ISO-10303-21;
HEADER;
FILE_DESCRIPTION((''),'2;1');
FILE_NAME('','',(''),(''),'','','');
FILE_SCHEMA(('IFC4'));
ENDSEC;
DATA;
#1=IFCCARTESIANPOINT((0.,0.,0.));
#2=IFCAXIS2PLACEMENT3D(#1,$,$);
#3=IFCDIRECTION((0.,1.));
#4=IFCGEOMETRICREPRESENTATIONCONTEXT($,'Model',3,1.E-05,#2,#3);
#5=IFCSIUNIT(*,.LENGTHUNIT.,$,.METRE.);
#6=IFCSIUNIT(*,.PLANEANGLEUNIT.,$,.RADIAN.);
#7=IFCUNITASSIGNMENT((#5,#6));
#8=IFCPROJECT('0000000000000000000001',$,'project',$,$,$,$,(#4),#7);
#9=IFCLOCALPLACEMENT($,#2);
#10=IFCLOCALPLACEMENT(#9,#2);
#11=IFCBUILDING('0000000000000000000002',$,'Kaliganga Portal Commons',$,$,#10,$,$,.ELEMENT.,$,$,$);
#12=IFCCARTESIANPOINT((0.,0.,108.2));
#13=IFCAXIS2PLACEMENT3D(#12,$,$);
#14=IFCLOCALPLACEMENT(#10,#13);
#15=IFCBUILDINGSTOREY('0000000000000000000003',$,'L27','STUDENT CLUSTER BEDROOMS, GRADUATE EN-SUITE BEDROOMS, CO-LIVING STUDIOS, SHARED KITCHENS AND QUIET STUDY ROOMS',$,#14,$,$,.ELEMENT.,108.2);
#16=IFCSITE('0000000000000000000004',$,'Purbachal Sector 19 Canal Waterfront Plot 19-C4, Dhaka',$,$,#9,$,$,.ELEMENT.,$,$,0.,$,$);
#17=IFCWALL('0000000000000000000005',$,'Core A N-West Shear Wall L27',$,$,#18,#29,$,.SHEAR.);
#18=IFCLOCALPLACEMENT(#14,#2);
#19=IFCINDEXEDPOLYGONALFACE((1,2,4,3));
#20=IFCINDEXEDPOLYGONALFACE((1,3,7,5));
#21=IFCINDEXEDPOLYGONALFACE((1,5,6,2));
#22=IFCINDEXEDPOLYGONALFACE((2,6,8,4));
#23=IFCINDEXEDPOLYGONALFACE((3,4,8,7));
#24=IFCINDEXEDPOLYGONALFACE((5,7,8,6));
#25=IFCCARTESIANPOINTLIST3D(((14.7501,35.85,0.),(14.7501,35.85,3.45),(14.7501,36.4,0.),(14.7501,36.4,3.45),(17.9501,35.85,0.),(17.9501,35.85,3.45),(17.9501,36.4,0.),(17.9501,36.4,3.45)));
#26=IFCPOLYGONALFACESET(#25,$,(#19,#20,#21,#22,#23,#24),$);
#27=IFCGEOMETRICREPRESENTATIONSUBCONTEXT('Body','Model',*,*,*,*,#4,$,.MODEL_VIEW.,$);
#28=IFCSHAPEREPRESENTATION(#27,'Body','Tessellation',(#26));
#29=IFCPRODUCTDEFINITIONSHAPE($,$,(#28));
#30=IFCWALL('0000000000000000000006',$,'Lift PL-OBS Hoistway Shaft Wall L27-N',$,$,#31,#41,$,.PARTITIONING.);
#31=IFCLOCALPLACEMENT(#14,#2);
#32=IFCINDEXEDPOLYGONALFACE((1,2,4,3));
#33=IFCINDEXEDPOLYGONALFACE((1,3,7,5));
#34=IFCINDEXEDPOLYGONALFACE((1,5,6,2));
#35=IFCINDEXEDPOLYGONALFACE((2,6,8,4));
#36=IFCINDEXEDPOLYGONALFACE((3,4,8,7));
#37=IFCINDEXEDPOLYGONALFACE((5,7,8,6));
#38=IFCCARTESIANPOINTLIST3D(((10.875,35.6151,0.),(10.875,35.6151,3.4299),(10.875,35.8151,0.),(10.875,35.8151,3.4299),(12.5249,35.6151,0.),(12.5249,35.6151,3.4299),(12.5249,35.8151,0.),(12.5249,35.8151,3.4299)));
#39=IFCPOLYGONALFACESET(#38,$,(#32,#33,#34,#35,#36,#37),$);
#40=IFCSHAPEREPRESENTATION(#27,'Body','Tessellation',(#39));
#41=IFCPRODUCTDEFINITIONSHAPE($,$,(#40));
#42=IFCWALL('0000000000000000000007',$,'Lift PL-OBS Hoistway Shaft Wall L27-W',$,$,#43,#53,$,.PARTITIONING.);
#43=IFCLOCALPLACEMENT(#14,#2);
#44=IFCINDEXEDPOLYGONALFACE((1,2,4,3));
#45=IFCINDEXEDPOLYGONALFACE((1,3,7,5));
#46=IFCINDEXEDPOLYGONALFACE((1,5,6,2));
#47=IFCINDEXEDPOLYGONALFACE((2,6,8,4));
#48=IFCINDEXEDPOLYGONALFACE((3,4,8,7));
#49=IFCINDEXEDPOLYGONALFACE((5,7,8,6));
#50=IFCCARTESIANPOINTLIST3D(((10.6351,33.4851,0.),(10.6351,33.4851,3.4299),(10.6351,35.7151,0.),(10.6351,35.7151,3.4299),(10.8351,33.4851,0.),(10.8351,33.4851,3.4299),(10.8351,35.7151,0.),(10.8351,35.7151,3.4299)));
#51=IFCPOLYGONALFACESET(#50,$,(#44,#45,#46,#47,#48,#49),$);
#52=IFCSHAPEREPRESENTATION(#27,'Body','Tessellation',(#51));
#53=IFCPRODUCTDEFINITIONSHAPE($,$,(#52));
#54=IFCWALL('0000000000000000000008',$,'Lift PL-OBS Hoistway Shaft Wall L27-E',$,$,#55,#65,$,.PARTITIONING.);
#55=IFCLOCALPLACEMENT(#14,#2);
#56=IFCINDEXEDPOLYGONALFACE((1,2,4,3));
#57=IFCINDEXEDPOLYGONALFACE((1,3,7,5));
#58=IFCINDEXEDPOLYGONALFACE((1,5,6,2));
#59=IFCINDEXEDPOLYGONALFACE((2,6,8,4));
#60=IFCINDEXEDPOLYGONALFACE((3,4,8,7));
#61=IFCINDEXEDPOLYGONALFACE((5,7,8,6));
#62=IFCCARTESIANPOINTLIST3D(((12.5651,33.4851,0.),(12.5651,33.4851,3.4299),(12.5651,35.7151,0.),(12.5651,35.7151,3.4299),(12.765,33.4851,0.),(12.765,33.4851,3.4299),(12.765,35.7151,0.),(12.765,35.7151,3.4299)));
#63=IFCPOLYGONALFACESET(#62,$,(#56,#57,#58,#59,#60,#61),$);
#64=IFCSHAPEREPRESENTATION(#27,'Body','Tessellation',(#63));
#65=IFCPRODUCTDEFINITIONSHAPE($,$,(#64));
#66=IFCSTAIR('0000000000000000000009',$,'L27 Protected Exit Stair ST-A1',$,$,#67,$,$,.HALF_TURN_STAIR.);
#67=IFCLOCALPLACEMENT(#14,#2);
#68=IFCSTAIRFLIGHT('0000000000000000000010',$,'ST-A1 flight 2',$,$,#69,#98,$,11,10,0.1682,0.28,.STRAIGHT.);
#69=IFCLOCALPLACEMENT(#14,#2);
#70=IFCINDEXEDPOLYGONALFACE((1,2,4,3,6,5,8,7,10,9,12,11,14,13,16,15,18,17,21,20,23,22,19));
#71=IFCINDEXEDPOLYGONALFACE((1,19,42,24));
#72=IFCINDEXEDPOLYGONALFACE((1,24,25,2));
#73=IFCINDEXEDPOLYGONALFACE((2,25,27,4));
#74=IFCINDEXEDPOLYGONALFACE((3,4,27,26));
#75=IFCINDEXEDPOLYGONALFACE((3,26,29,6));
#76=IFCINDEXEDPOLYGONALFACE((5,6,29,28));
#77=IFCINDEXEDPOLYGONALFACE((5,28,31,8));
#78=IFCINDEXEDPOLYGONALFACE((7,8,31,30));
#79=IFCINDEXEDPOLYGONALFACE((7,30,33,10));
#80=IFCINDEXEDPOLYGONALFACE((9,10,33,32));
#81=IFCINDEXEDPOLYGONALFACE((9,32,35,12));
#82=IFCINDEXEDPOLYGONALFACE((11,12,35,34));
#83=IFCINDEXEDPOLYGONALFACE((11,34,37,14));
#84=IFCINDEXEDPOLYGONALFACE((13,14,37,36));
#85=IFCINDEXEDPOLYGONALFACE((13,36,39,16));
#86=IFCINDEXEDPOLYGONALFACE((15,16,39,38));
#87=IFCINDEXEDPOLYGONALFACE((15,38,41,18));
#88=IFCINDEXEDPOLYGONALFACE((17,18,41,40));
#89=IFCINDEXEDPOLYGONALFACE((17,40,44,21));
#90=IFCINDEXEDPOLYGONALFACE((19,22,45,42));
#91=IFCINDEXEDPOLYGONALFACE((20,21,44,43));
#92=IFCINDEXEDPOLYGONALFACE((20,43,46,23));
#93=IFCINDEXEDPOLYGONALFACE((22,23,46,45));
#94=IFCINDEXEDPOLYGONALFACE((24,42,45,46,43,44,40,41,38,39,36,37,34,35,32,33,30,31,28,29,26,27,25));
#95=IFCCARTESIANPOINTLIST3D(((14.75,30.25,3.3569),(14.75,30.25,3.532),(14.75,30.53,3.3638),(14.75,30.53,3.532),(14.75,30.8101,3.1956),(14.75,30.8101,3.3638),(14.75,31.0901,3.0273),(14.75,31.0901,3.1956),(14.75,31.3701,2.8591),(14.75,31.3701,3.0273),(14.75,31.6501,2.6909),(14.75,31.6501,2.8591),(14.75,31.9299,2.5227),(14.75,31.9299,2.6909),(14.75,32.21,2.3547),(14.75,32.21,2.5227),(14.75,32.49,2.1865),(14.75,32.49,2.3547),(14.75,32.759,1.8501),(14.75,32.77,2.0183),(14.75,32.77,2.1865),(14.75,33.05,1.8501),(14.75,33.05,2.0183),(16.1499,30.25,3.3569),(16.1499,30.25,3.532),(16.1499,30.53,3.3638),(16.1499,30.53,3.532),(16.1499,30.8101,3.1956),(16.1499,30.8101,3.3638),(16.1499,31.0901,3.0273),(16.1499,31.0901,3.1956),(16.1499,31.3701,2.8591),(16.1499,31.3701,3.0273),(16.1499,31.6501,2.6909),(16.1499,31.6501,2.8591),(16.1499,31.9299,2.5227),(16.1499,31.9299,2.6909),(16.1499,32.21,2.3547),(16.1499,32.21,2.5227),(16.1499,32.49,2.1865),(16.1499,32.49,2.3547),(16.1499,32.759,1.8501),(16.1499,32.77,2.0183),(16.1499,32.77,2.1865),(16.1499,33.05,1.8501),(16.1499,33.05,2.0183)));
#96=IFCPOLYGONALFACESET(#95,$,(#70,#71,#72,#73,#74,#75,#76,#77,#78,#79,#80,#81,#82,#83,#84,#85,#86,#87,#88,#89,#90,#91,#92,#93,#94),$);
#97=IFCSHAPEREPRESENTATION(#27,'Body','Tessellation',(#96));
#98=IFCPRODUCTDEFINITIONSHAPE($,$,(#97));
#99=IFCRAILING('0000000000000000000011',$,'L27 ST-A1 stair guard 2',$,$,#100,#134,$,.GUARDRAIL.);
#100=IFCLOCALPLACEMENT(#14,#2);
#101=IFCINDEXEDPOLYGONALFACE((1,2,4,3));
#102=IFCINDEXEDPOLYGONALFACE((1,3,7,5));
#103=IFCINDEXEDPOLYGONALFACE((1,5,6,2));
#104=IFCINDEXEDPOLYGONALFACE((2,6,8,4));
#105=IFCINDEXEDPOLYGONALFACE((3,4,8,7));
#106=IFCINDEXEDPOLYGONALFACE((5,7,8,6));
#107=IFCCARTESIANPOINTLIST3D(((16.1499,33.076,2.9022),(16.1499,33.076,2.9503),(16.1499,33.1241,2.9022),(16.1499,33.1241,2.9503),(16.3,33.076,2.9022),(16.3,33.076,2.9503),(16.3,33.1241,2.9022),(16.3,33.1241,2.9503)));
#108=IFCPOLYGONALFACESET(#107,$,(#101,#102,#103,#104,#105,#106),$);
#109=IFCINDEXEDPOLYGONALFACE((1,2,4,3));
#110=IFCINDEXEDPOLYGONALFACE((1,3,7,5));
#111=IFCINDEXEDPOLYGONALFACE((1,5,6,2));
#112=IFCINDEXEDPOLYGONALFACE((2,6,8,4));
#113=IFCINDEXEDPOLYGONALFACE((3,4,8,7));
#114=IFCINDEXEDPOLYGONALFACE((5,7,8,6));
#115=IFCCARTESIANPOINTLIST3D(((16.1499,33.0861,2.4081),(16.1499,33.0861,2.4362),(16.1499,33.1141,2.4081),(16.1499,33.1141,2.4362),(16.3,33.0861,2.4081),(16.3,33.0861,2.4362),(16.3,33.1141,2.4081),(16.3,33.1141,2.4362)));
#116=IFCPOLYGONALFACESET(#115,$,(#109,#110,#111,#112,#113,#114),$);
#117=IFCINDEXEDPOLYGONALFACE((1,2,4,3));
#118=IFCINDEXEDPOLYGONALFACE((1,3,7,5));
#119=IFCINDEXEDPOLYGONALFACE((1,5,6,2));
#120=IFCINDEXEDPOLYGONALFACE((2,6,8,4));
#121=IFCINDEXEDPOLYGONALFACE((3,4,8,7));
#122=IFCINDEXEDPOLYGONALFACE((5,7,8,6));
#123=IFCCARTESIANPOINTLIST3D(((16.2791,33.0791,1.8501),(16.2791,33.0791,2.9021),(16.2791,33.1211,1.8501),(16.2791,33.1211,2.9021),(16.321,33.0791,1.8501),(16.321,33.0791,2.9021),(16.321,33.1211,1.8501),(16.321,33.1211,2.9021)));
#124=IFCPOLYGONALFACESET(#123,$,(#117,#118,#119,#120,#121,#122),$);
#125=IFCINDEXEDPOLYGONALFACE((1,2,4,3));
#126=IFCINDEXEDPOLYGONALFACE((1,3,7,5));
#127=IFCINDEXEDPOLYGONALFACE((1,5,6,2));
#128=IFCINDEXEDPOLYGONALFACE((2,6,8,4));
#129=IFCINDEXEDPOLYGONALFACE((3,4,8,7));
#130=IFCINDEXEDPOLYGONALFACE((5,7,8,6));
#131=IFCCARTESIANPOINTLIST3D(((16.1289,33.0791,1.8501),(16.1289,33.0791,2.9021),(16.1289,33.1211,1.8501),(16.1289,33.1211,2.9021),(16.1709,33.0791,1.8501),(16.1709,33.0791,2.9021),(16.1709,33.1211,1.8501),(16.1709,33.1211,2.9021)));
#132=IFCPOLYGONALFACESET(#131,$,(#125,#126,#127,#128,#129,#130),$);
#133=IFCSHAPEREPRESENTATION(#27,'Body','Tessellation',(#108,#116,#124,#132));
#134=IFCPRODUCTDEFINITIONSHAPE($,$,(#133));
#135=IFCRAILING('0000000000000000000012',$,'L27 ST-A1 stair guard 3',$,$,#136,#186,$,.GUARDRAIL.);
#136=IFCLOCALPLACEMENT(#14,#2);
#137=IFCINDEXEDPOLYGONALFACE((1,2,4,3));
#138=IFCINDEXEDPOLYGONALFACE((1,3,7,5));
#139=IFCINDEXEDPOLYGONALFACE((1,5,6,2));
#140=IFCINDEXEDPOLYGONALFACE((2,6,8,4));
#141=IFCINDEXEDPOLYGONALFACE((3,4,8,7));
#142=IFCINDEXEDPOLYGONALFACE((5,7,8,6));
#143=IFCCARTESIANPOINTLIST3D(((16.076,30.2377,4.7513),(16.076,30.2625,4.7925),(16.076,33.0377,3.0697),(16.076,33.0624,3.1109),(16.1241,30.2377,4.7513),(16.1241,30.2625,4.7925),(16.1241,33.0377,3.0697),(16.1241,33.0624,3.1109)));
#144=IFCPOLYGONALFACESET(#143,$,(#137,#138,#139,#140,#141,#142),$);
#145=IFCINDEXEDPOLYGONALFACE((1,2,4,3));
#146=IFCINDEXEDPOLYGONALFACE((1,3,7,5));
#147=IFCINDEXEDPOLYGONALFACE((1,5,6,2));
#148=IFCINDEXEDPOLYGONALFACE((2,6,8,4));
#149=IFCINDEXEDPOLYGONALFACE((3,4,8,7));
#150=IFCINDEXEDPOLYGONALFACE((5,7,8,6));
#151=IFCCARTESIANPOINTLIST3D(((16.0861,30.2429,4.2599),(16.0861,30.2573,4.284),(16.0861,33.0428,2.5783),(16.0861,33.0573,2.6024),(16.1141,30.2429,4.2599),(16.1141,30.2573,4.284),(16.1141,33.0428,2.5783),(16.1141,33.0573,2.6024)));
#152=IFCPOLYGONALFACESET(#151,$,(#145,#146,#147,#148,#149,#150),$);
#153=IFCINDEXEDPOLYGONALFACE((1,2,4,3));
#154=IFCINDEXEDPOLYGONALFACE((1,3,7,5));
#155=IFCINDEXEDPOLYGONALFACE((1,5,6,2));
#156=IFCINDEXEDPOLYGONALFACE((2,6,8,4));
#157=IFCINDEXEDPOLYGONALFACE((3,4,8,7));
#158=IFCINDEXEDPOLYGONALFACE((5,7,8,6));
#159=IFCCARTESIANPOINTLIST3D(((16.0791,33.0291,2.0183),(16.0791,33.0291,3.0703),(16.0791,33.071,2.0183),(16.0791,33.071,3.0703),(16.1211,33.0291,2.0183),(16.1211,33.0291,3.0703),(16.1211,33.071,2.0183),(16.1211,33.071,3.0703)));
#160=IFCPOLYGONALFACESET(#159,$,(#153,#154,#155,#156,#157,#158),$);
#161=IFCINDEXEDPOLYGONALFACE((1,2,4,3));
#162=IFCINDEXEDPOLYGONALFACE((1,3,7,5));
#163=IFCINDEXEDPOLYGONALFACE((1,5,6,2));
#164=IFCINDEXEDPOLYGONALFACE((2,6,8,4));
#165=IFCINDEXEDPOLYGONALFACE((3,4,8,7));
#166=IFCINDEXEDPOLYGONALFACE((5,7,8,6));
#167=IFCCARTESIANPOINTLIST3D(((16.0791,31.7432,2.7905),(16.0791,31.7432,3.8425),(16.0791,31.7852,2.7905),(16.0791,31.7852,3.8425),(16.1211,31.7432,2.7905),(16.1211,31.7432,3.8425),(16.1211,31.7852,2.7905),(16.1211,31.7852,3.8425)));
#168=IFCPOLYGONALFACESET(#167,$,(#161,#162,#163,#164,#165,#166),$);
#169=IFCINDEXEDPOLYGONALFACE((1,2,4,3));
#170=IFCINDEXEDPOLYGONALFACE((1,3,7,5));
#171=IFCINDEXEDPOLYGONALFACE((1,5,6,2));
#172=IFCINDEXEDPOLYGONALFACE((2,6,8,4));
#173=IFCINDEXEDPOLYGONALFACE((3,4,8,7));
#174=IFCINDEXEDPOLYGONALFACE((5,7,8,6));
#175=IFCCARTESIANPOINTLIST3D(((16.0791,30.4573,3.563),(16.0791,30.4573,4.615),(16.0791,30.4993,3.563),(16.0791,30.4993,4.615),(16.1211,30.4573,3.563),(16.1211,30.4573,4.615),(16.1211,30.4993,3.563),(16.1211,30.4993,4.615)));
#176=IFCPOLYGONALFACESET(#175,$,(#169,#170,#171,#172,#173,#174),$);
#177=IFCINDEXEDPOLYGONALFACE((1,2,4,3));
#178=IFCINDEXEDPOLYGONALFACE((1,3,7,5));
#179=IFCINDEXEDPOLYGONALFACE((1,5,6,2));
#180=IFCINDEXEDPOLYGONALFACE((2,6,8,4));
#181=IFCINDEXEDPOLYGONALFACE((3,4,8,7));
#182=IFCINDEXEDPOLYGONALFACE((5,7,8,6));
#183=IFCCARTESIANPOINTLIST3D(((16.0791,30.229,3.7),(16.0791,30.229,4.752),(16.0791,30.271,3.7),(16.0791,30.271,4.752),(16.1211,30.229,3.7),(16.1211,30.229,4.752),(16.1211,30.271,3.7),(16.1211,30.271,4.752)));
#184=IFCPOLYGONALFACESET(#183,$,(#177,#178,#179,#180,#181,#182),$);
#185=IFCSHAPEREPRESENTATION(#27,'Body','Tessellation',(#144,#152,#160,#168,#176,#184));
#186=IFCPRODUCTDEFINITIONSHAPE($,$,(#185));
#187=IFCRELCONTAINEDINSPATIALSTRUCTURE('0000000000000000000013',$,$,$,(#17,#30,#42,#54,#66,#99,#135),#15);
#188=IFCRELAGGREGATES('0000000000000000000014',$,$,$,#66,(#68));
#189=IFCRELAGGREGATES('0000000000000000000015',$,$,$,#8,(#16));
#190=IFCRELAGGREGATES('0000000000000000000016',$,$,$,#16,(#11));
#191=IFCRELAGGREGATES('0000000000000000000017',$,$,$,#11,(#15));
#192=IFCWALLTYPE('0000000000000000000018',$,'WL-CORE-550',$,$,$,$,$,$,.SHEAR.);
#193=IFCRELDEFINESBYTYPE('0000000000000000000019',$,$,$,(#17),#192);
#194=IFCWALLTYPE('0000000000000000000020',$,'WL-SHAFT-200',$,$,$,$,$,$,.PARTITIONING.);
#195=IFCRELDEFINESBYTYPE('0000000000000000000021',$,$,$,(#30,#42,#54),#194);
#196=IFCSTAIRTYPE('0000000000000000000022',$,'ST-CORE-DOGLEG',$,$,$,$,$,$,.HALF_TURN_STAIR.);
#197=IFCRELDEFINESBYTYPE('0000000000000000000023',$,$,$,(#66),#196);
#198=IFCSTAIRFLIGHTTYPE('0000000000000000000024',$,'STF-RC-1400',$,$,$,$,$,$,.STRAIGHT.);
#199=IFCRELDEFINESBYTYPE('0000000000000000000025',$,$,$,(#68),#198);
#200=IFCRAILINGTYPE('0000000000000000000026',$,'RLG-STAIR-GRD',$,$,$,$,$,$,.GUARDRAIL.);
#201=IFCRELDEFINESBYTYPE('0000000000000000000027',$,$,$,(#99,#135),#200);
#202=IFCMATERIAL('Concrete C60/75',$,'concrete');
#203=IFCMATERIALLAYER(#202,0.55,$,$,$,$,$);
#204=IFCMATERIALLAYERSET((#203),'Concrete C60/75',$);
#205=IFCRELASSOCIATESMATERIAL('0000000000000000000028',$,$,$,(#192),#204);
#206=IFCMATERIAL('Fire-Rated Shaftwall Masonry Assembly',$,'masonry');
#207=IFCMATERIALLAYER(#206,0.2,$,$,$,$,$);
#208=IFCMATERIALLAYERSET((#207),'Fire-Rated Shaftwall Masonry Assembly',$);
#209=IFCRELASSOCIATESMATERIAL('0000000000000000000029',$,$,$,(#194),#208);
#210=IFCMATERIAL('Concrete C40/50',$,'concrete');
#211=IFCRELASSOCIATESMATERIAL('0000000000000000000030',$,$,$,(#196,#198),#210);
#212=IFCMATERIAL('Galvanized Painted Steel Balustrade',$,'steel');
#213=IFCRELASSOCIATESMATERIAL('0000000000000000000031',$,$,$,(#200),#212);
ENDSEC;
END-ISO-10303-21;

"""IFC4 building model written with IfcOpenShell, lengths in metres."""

from ifc_helpers import new_model, si_unit, direction, frame, frame_2d, origin, origin_2d, place, context, subcontext, project, spatial, polyline, rectangle, outline, extrude, material, layer, layer_set, type_object, element, aggregate, save


model = new_model("IFC4")

# Units and contexts
model_context = context("Model", 3, precision=1e-05, world=origin(), true_north=direction((0.0, 1.0)))
body_context = subcontext(model_context, "Body", "Model", "MODEL_VIEW")
ifc_project = project(units=[si_unit("LENGTHUNIT", "METRE"), si_unit("PLANEANGLEUNIT", "RADIAN")], contexts=[model_context])

# Site, building, storey
site_placement = place(None, origin())
site = spatial("IfcSite", under=ifc_project, at=site_placement, Name="Purbachal Sector 19 Canal Waterfront Plot 19-C4, Dhaka", CompositionType="ELEMENT", RefElevation=0.0)
building_placement = place(site_placement, origin())
building = spatial("IfcBuilding", under=site, at=building_placement, Name="Kaliganga Portal Commons", CompositionType="ELEMENT")
storey_placement = place(building_placement, frame((0.0, 0.0, 108.2)))
storey = spatial("IfcBuildingStorey", under=building, at=storey_placement, Name="L27", Description="STUDENT CLUSTER BEDROOMS, GRADUATE EN-SUITE BEDROOMS, CO-LIVING STUDIOS, SHARED KITCHENS AND QUIET STUDY ROOMS", CompositionType="ELEMENT", Elevation=108.2)

# Wall
ifc_material_1 = material(Name="Concrete C60/75", Category="concrete")
ifc_layer_1 = layer(ifc_material_1, 0.55)
ifc_layer_set_1 = layer_set([ifc_layer_1], Name="Concrete C60/75")
wall_type_1 = type_object("IfcWallType", Name="WL-CORE-550", PredefinedType="SHEAR", material=ifc_layer_set_1)
wall_1_placement = place(storey_placement, frame((14.75, 36.125, 0.0), z_axis=(0.0, 0.0, 1.0), x_axis=(1.0, 0.0, 0.0)))
element("IfcWall", 1, at=wall_1_placement, inside=storey, type_object=wall_type_1, Name="Core A N-West Shear Wall L27", PredefinedType="SHEAR", context=body_context, shape_type="SweptSolid", body=[
    extrude(rectangle(XDim=3.2, YDim=0.55, at=frame_2d((1.6001, 0.0))), origin(), (0.0, 0.0, 1.0), 3.45),
])

# Shared definitions
ifc_material_2 = material(Name="Fire-Rated Shaftwall Masonry Assembly", Category="masonry")
ifc_layer_2 = layer(ifc_material_2, 0.2)
ifc_layer_set_2 = layer_set([ifc_layer_2], Name="Fire-Rated Shaftwall Masonry Assembly")
wall_type_2 = type_object("IfcWallType", Name="WL-SHAFT-200", PredefinedType="PARTITIONING", material=ifc_layer_set_2)

# Walls
wall_2_placement = place(storey_placement, frame((10.875, 35.7151, 0.0), z_axis=(0.0, 0.0, 1.0), x_axis=(1.0, 0.0, 0.0)))
element("IfcWall", 2, at=wall_2_placement, inside=storey, type_object=wall_type_2, Name="Lift PL-OBS Hoistway Shaft Wall L27-N", PredefinedType="PARTITIONING", context=body_context, shape_type="SweptSolid", body=[
    extrude(rectangle(XDim=1.6499, YDim=0.2, at=frame_2d((0.825, 0.0))), origin(), (0.0, 0.0, 1.0), 3.4299),
])
for number, where, z_axis, x_axis, name in (
    (3, (10.7351, 33.4851, 0.0), (0.0, 0.0, 1.0), (0.0, 1.0, 0.0), "Lift PL-OBS Hoistway Shaft Wall L27-W"),
    (4, (12.665, 33.4851, 0.0), (0.0, 0.0, 1.0), (0.0, 1.0, 0.0), "Lift PL-OBS Hoistway Shaft Wall L27-E"),
):
    element("IfcWall", number, at=place(storey_placement, frame(where, z_axis=z_axis, x_axis=x_axis)), inside=storey, type_object=wall_type_2, Name=name, PredefinedType="PARTITIONING", context=body_context, shape_type="SweptSolid", body=[
        extrude(rectangle(XDim=2.23, YDim=0.2, at=frame_2d((1.115, 0.0))), origin(), (0.0, 0.0, 1.0), 3.4299),
    ])

# Stair, stair flight
ifc_material_3 = material(Name="Concrete C40/50", Category="concrete")
stair_type = type_object("IfcStairType", Name="ST-CORE-DOGLEG", PredefinedType="HALF_TURN_STAIR", material=ifc_material_3)
stair_placement = place(storey_placement, origin())
stair = element("IfcStair", 5, at=stair_placement, inside=storey, type_object=stair_type, Name="L27 Protected Exit Stair ST-A1", PredefinedType="HALF_TURN_STAIR")
stair_flight_type = type_object("IfcStairFlightType", Name="STF-RC-1400", PredefinedType="STRAIGHT", material=ifc_material_3)
stair_flight_placement = place(storey_placement, frame((15.45, 33.05, 1.8501), z_axis=(0.0, 0.0, 1.0), x_axis=(0.0, -1.0, 0.0)))
stair_flight = element("IfcStairFlight", 6, at=stair_flight_placement, type_object=stair_flight_type, Name="ST-A1 flight 2", NumberOfRisers=11, NumberOfTreads=10, PredefinedType="STRAIGHT", RiserHeight=0.1682, TreadLength=0.28, context=body_context, shape_type="SweptSolid", body=[
    extrude(outline(polyline([(0.0, 0.0), (0.0, 0.1682), (0.28, 0.1682), (0.28, 0.3364), (0.5601, 0.3364), (0.5601, 0.5046), (0.8401, 0.5046), (0.8401, 0.6726), (1.1201, 0.6726), (1.1201, 0.8408), (1.3999, 0.8408), (1.3999, 1.009), (1.6799, 1.009), (1.6799, 1.1772), (1.96, 1.1772), (1.96, 1.3455), (2.24, 1.3455), (2.24, 1.5137), (2.52, 1.5137), (2.52, 1.6819), (2.8, 1.6819), (2.8, 1.8501), (2.8, 1.5068), (0.291, 0.0), (0.0, 0.0)])), frame((0.0, 0.7, 0.0), z_axis=(0.0, -1.0, 0.0), x_axis=(1.0, 0.0, 0.0)), (0.0, 0.0, 1.0), 1.3999),
])
aggregate(stair, [stair_flight])

# Railings
ifc_material_4 = material(Name="Galvanized Painted Steel Balustrade", Category="steel")
railing_type_1 = type_object("IfcRailingType", Name="RLG-STAIR-GRD", PredefinedType="GUARDRAIL", material=ifc_material_4)
railing_1_placement = place(storey_placement, frame((16.3, 33.1001, 1.8501)))
element("IfcRailing", 7, at=railing_1_placement, inside=storey, type_object=railing_type_1, Name="L27 ST-A1 stair guard 2", PredefinedType="GUARDRAIL", context=body_context, shape_type="SweptSolid", body=[
    extrude(rectangle(XDim=0.0481, YDim=0.0481, at=origin_2d()), frame((0.0, 0.0, 1.0762), z_axis=(-1.0, 0.0, 0.0), x_axis=(0.0, -1.0, 0.0)), (0.0, 0.0, 1.0), 0.1501),
    extrude(rectangle(XDim=0.0281, YDim=0.0281, at=origin_2d()), frame((0.0, 0.0, 0.572), z_axis=(-1.0, 0.0, 0.0), x_axis=(0.0, -1.0, 0.0)), (0.0, 0.0, 1.0), 0.1501),
    extrude(rectangle(XDim=0.042, YDim=0.042, at=origin_2d()), origin(), (0.0, 0.0, 1.0), 1.052),
    extrude(rectangle(XDim=0.042, YDim=0.042, at=origin_2d()), frame((-0.1501, 0.0, 0.0)), (0.0, 0.0, 1.0), 1.052),
])
railing_2_placement = place(storey_placement, frame((16.1001, 33.05, 2.0183)))
element("IfcRailing", 8, at=railing_2_placement, inside=storey, type_object=railing_type_1, Name="L27 ST-A1 stair guard 3", PredefinedType="GUARDRAIL", context=body_context, shape_type="SweptSolid", body=[
    extrude(rectangle(XDim=0.0481, YDim=0.0481, at=origin_2d()), frame((0.0, 0.0, 1.072), z_axis=(0.0, -0.857275, 0.514858), x_axis=(1.0, 0.0, 0.0)), (0.0, 0.0, 1.0), 3.2661),
    extrude(rectangle(XDim=0.0281, YDim=0.0281, at=origin_2d()), frame((0.0, 0.0, 0.572), z_axis=(0.0, -0.857275, 0.514858), x_axis=(1.0, 0.0, 0.0)), (0.0, 0.0, 1.0), 3.2661),
    extrude(rectangle(XDim=0.042, YDim=0.042, at=origin_2d()), origin(), (0.0, 0.0, 1.0), 1.052),
    extrude(rectangle(XDim=0.042, YDim=0.042, at=origin_2d()), frame((0.0, -1.2859, 0.7722)), (0.0, 0.0, 1.0), 1.052),
    extrude(rectangle(XDim=0.042, YDim=0.042, at=origin_2d()), frame((0.0, -2.5718, 1.5447)), (0.0, 0.0, 1.0), 1.052),
    extrude(rectangle(XDim=0.042, YDim=0.042, at=origin_2d()), frame((0.0, -2.8, 1.6816)), (0.0, 0.0, 1.0), 1.052),
])

save(model, "model.ifc")
